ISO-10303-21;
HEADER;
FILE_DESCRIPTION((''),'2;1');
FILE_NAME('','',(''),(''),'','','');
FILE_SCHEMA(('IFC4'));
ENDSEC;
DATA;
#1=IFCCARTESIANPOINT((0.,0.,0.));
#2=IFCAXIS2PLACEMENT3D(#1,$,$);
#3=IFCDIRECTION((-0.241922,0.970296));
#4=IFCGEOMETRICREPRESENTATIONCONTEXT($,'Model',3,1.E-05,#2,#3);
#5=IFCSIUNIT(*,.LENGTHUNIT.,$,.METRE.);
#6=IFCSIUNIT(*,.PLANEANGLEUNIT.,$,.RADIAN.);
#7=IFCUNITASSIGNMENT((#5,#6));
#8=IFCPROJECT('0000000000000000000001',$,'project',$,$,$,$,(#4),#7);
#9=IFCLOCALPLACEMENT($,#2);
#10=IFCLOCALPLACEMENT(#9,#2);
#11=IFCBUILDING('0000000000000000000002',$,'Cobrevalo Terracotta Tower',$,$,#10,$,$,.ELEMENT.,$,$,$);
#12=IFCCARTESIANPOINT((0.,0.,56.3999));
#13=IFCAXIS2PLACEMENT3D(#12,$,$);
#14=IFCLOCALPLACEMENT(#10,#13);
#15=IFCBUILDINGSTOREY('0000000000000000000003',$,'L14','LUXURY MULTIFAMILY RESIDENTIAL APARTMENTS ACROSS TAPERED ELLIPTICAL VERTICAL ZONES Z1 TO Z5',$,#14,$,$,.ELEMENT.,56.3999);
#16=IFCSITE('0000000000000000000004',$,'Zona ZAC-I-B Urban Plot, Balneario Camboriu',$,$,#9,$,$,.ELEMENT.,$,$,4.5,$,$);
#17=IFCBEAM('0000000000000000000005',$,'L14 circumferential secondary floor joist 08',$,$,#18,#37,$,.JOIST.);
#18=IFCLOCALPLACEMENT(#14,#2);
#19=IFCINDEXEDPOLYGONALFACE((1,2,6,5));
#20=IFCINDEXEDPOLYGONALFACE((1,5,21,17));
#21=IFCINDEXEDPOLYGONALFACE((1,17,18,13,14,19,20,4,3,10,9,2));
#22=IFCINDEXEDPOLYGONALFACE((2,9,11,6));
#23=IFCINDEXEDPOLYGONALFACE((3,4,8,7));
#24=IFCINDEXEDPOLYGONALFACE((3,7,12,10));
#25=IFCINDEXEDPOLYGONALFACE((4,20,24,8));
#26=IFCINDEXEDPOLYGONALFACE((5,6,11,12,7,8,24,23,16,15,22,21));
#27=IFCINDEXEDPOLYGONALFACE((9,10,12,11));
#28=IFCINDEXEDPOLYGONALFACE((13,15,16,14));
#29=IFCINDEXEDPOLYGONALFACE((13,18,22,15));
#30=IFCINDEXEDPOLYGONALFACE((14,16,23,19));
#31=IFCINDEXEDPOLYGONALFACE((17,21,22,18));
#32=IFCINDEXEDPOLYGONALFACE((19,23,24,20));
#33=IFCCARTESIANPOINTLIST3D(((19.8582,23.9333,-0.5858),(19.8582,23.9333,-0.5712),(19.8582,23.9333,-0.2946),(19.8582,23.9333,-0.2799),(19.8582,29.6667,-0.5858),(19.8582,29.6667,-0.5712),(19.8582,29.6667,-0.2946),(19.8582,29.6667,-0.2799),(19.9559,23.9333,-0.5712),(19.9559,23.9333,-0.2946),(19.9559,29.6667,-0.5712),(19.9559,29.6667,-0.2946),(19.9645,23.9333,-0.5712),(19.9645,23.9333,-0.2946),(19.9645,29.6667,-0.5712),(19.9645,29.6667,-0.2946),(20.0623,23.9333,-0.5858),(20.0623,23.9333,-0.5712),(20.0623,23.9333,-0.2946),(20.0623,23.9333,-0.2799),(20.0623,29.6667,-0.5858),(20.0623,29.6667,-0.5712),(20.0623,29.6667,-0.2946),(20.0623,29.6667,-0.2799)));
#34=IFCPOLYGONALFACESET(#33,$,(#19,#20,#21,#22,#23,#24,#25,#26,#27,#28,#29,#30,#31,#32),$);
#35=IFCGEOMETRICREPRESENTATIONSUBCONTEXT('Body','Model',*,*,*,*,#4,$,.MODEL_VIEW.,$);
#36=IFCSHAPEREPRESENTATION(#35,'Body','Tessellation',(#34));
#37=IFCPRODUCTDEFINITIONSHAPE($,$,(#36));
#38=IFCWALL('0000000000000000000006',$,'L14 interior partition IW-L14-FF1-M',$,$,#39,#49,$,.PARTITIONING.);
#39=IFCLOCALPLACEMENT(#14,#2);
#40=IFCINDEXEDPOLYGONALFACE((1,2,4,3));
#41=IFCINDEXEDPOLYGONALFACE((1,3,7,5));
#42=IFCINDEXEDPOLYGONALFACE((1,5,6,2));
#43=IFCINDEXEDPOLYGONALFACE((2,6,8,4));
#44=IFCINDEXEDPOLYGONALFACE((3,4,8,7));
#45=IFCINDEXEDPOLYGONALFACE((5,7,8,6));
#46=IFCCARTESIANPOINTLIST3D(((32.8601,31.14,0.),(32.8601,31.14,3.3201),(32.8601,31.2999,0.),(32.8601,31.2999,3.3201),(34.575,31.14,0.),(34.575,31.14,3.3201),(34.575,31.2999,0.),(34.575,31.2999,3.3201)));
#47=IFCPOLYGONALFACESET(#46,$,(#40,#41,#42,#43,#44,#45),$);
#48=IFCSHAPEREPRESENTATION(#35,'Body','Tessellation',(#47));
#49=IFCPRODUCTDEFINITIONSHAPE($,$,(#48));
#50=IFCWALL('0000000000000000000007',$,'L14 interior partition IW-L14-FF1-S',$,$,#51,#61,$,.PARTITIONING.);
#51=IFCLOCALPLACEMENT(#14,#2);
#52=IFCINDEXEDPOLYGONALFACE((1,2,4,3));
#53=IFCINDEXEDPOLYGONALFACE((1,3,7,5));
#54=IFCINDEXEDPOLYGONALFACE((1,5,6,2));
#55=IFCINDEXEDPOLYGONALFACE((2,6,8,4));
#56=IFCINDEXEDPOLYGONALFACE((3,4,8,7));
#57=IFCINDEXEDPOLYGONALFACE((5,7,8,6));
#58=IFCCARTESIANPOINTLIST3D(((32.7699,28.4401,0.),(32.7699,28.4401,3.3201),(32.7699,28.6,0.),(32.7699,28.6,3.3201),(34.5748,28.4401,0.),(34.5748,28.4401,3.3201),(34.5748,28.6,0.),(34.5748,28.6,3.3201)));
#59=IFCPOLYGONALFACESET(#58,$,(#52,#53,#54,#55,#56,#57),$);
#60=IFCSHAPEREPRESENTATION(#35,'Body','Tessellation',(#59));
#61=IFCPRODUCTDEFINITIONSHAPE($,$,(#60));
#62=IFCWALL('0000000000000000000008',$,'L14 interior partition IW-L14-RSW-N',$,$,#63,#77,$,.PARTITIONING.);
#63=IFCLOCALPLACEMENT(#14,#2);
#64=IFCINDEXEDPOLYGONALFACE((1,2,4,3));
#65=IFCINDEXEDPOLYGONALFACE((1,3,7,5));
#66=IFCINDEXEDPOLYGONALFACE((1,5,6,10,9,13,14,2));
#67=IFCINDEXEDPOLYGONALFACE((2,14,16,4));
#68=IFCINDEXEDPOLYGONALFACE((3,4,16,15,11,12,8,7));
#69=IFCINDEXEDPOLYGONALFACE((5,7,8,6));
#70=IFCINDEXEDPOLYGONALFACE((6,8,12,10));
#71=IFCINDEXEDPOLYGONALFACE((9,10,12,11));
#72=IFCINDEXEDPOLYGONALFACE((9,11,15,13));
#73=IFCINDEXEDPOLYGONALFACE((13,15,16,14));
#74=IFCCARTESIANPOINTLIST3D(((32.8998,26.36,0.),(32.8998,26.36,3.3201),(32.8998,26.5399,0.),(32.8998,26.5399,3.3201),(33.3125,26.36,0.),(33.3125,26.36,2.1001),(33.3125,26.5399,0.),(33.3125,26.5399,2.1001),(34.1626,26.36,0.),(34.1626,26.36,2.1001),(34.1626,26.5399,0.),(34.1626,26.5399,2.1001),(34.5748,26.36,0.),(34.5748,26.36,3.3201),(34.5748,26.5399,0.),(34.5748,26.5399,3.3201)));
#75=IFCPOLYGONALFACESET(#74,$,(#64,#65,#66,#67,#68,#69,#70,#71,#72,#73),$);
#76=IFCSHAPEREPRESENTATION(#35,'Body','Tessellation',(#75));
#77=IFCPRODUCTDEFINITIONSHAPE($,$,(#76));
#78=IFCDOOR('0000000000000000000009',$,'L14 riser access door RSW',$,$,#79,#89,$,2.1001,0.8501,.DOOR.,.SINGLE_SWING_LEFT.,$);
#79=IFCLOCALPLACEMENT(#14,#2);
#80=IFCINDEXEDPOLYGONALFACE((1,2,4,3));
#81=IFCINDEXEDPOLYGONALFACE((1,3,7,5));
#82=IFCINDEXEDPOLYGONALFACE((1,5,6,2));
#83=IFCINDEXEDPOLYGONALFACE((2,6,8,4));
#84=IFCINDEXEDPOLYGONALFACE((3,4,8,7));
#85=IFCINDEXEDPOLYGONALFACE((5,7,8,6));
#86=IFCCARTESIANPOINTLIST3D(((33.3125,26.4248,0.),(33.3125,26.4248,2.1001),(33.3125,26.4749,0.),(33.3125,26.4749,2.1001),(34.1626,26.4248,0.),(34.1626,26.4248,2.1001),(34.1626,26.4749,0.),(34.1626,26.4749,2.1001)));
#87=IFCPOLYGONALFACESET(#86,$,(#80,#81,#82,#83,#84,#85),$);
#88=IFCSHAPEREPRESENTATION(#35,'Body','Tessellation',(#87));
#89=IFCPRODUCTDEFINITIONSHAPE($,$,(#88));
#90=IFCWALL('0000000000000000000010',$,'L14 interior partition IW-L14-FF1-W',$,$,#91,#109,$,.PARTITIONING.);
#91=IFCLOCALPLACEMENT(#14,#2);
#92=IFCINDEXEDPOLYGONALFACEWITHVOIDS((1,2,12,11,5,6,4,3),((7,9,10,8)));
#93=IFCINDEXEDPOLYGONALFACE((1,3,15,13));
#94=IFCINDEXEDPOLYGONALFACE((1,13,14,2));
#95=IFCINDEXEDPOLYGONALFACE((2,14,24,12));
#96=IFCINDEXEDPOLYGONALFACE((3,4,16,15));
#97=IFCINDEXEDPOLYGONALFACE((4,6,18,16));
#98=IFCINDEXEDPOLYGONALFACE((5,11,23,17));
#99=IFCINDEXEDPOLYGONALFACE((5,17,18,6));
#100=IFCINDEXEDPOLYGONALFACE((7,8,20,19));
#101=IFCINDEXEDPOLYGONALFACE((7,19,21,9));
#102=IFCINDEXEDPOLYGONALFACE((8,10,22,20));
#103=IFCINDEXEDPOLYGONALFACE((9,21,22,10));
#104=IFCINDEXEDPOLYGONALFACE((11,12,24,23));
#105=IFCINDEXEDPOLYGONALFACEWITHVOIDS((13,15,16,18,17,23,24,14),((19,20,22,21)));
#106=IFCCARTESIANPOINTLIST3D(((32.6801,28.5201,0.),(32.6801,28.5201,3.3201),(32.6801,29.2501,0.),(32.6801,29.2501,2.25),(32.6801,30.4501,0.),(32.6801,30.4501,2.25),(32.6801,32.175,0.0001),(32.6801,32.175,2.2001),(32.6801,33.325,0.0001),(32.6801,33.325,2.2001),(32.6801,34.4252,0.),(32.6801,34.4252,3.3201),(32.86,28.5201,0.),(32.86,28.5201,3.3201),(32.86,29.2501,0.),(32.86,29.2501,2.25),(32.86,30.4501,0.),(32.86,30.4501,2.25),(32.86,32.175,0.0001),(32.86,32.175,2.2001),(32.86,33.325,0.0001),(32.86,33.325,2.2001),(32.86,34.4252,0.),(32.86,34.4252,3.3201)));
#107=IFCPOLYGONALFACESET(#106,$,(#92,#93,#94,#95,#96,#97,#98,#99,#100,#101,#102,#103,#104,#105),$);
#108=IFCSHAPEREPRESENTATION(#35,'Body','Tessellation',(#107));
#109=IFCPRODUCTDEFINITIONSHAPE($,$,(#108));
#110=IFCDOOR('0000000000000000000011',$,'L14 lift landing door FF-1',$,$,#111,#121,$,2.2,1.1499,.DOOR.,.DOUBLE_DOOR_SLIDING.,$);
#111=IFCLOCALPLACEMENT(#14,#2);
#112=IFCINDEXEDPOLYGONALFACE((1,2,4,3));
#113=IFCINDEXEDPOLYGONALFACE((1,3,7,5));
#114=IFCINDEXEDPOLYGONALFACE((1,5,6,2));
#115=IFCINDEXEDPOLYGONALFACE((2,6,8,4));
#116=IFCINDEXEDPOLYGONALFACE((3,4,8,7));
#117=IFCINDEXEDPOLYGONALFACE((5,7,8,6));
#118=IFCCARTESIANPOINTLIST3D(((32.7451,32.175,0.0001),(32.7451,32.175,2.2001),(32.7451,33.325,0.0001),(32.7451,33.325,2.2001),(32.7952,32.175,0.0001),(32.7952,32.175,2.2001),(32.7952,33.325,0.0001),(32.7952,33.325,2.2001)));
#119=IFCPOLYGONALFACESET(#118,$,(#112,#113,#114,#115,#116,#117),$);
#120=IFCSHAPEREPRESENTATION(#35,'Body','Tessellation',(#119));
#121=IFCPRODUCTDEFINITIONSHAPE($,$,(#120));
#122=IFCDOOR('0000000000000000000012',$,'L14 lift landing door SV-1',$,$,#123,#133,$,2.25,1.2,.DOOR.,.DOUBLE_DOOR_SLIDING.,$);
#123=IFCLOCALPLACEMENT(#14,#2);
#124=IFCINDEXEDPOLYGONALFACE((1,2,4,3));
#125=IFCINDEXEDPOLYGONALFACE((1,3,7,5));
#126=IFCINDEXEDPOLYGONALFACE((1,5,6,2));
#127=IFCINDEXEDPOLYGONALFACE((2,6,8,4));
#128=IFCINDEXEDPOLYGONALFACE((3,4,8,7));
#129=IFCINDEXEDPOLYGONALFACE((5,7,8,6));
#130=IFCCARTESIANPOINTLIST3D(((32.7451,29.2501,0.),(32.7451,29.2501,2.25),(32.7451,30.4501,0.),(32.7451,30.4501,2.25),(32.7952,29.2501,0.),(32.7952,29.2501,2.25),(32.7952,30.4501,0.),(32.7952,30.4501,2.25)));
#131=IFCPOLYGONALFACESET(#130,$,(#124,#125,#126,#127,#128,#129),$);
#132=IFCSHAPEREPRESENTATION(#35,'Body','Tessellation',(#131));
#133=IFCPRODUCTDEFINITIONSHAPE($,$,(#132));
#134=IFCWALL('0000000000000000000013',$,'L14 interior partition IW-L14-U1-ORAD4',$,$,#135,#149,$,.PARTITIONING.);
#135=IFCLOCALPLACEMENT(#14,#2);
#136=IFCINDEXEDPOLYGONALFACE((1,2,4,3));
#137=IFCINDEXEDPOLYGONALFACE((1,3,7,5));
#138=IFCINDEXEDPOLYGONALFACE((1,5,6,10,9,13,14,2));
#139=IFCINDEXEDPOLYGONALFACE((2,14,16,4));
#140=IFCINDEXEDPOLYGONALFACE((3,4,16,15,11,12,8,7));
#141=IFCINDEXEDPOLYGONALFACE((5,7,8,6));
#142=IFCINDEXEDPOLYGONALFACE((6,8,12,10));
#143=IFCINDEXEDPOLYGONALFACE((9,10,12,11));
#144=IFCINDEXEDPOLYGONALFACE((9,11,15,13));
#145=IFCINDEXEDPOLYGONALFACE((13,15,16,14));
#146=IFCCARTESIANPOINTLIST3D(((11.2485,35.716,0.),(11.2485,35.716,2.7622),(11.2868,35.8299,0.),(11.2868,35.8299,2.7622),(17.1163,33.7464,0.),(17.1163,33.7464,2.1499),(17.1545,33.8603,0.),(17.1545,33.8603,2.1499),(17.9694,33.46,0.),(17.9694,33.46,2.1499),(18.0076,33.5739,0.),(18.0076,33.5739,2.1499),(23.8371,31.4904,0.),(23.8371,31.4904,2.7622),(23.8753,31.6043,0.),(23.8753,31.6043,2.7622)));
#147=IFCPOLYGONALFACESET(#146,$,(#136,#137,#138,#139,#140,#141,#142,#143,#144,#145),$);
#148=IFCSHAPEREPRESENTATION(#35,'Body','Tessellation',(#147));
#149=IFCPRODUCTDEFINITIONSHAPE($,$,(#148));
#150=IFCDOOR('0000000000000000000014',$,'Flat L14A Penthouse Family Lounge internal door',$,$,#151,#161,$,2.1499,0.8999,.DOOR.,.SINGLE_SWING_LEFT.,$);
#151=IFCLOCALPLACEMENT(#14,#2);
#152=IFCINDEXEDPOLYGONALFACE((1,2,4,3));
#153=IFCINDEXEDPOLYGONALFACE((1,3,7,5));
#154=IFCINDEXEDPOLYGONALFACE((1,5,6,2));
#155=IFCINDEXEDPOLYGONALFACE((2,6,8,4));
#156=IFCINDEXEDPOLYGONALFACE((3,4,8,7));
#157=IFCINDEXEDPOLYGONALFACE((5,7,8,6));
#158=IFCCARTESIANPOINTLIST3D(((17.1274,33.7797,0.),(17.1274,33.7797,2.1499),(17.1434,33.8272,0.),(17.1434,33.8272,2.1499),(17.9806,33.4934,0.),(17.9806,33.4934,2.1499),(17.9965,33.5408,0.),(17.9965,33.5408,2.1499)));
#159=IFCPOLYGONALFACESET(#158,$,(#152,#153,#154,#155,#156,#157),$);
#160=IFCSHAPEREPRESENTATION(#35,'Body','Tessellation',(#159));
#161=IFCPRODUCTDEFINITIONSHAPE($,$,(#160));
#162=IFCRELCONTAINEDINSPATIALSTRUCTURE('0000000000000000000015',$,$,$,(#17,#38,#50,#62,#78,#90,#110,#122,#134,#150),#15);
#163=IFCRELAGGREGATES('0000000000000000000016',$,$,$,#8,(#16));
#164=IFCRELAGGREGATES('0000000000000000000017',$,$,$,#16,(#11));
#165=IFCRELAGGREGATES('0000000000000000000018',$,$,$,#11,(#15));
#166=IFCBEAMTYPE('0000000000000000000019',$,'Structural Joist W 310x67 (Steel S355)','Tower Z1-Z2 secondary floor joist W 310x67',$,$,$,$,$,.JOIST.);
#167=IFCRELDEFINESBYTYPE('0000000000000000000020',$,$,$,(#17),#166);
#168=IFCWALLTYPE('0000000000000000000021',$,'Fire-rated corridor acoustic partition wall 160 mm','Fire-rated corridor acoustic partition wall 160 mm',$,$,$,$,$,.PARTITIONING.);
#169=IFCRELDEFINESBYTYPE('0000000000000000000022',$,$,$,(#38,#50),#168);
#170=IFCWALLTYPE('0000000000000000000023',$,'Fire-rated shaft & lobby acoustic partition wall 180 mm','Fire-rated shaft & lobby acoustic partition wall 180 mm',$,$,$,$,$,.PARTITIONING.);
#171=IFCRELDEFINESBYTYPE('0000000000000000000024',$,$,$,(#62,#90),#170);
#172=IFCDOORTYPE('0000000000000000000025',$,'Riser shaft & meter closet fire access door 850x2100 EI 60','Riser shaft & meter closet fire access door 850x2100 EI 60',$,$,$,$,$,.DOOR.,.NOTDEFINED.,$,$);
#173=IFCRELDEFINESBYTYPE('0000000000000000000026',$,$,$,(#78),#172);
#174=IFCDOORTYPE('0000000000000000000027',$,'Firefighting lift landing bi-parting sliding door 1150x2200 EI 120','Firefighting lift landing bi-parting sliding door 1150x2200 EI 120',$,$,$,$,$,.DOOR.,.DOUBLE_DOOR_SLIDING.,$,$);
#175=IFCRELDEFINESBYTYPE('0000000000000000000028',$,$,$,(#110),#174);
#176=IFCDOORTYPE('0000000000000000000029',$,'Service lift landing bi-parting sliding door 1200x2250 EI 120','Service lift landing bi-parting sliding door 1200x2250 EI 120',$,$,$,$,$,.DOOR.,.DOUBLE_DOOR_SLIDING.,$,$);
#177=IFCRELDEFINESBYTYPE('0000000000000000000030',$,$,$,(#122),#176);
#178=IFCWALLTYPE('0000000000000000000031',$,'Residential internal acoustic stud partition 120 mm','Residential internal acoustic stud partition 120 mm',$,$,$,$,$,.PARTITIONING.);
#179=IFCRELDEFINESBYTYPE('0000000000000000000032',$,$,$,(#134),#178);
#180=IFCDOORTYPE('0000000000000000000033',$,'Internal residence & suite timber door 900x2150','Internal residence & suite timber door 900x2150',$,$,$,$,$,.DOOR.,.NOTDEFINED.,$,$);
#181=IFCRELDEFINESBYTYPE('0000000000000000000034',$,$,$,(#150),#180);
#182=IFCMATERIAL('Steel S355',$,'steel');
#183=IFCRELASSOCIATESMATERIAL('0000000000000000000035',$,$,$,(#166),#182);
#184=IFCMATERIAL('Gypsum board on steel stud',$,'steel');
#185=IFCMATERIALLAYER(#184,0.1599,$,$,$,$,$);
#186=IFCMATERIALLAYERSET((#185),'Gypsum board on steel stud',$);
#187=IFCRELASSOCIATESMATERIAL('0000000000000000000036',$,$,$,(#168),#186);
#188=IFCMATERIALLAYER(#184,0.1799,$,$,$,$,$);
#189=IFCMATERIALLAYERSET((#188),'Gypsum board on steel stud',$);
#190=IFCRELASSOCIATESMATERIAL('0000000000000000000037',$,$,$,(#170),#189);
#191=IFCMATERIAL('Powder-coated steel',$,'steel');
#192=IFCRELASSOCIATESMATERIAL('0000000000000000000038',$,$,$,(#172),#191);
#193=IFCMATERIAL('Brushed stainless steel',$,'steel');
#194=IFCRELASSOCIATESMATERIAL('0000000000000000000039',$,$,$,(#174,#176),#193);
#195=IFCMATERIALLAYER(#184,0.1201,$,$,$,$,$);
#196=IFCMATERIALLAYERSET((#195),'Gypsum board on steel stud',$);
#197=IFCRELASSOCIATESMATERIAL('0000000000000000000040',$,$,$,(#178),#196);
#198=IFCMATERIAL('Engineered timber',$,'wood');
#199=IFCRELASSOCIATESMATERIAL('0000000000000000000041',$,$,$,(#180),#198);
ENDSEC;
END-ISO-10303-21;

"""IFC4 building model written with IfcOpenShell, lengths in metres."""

from ifc_helpers import new_model, si_unit, direction, frame, frame_2d, origin, origin_2d, place, context, subcontext, project, spatial, rectangle, i_section, extrude, source, transform, mapped, material, layer, layer_set, material_profile, profile_set, type_object, element, fill, save


model = new_model("IFC4")

# Units and contexts
model_context = context("Model", 3, precision=1e-05, world=origin(), true_north=direction((-0.241922, 0.970296)))
body_context = subcontext(model_context, "Body", "Model", "MODEL_VIEW")
ifc_project = project(units=[si_unit("LENGTHUNIT", "METRE"), si_unit("PLANEANGLEUNIT", "RADIAN")], contexts=[model_context])

# Site, building, storey
site_placement = place(None, origin())
site = spatial("IfcSite", under=ifc_project, at=site_placement, Name="Zona ZAC-I-B Urban Plot, Balneario Camboriu", CompositionType="ELEMENT", RefElevation=4.5)
building_placement = place(site_placement, origin())
building = spatial("IfcBuilding", under=site, at=building_placement, Name="Cobrevalo Terracotta Tower", CompositionType="ELEMENT")
storey_placement = place(building_placement, frame((0.0, 0.0, 56.3999)))
storey = spatial("IfcBuildingStorey", under=building, at=storey_placement, Name="L14", Description="LUXURY MULTIFAMILY RESIDENTIAL APARTMENTS ACROSS TAPERED ELLIPTICAL VERTICAL ZONES Z1 TO Z5", CompositionType="ELEMENT", Elevation=56.3999)

# Beam
ifc_material_1 = material(Name="Steel S355", Category="steel")
ifc_material_profile = material_profile(ifc_material_1, i_section(OverallWidth=0.2041, OverallDepth=0.3059, WebThickness=0.0085, FlangeThickness=0.0146, at=origin_2d()), Name="W 310x67")
ifc_profile_set = profile_set([ifc_material_profile], Name="Steel S355")
beam_type = type_object("IfcBeamType", Name="Structural Joist W 310x67 (Steel S355)", Description="Tower Z1-Z2 secondary floor joist W 310x67", PredefinedType="JOIST", material=ifc_profile_set)
beam_placement = place(storey_placement, frame((19.9602, 29.6667, -0.4329), z_axis=(0.0, -1.0, 0.0), x_axis=(1.0, 0.0, 0.0)))
element("IfcBeam", 1, at=beam_placement, inside=storey, type_object=beam_type, Name="L14 circumferential secondary floor joist 08", PredefinedType="JOIST", context=body_context, shape_type="SweptSolid", body=[
    extrude(i_section(OverallWidth=0.2041, OverallDepth=0.3059, WebThickness=0.0085, FlangeThickness=0.0146, at=origin_2d()), origin(), (0.0, 0.0, 1.0), 5.7334),
])

# Walls
ifc_material_2 = material(Name="Gypsum board on steel stud", Category="steel")
ifc_layer_1 = layer(ifc_material_2, 0.1599)
ifc_layer_set_1 = layer_set([ifc_layer_1], Name="Gypsum board on steel stud")
wall_type_1 = type_object("IfcWallType", Name="Fire-rated corridor acoustic partition wall 160 mm", Description="Fire-rated corridor acoustic partition wall 160 mm", PredefinedType="PARTITIONING", material=ifc_layer_set_1)
wall_1_placement = place(storey_placement, frame((32.8601, 31.22, 0.0), z_axis=(0.0, 0.0, 1.0), x_axis=(1.0, 0.0, 0.0)))
element("IfcWall", 2, at=wall_1_placement, inside=storey, type_object=wall_type_1, Name="L14 interior partition IW-L14-FF1-M", PredefinedType="PARTITIONING", context=body_context, shape_type="SweptSolid", body=[
    extrude(rectangle(XDim=1.7148, YDim=0.1599, at=frame_2d((0.8574, 0.0))), origin(), (0.0, 0.0, 1.0), 3.3201),
])
wall_2_placement = place(storey_placement, frame((32.77, 28.52, 0.0), z_axis=(0.0, 0.0, 1.0), x_axis=(1.0, 0.0, 0.0)))
element("IfcWall", 3, at=wall_2_placement, inside=storey, type_object=wall_type_1, Name="L14 interior partition IW-L14-FF1-S", PredefinedType="PARTITIONING", context=body_context, shape_type="SweptSolid", body=[
    extrude(rectangle(XDim=1.8049, YDim=0.1599, at=frame_2d((0.9023, 0.0))), origin(), (0.0, 0.0, 1.0), 3.3201),
])

# Wall, opening, door
ifc_layer_2 = layer(ifc_material_2, 0.1799)
ifc_layer_set_2 = layer_set([ifc_layer_2], Name="Gypsum board on steel stud")
wall_type_2 = type_object("IfcWallType", Name="Fire-rated shaft & lobby acoustic partition wall 180 mm", Description="Fire-rated shaft & lobby acoustic partition wall 180 mm", PredefinedType="PARTITIONING", material=ifc_layer_set_2)
wall_3_placement = place(storey_placement, frame((32.8999, 26.45, 0.0), z_axis=(0.0, 0.0, 1.0), x_axis=(1.0, 0.0, 0.0)))
wall_3 = element("IfcWall", 4, at=wall_3_placement, inside=storey, type_object=wall_type_2, Name="L14 interior partition IW-L14-RSW-N", PredefinedType="PARTITIONING", context=body_context, shape_type="SweptSolid", body=[
    extrude(rectangle(XDim=1.675, YDim=0.1799, at=frame_2d((0.8374, 0.0))), origin(), (0.0, 0.0, 1.0), 3.3201),
])
opening_1_placement = place(wall_3_placement, frame((0.4126, 0.0, 0.0)))
opening_1 = element("IfcOpeningElement", 5, at=opening_1_placement, cuts=wall_3, PredefinedType="OPENING", context=body_context, shape_type="SweptSolid", body=[
    extrude(rectangle(XDim=0.8501, YDim=2.1001, at=frame_2d((0.425, 1.05))), frame((0.0, 0.1001, 0.0), z_axis=(0.0, -1.0, 0.0), x_axis=(1.0, 0.0, 0.0)), (0.0, 0.0, 1.0), 0.2),
])
ifc_material_3 = material(Name="Powder-coated steel", Category="steel")
door_type_1 = type_object("IfcDoorType", Name="Riser shaft & meter closet fire access door 850x2100 EI 60", Description="Riser shaft & meter closet fire access door 850x2100 EI 60", OperationType="NOTDEFINED", PredefinedType="DOOR", material=ifc_material_3)
shared_shape_1 = source(origin(), body_context, "Body", "SweptSolid", [
    extrude(rectangle(XDim=0.8501, YDim=2.1001, at=frame_2d((0.425, 1.05))), frame((0.0, 0.0249, 0.0), z_axis=(0.0, -1.0, 0.0), x_axis=(1.0, 0.0, 0.0)), (0.0, 0.0, 1.0), 0.05),
])
door_1_placement = place(opening_1_placement, origin())
door_1 = element("IfcDoor", 6, at=door_1_placement, inside=storey, type_object=door_type_1, Name="L14 riser access door RSW", OperationType="SINGLE_SWING_LEFT", OverallHeight=2.1001, OverallWidth=0.8501, PredefinedType="DOOR", context=body_context, shape_type="MappedRepresentation", body=[
    mapped(shared_shape_1, transform((0.0, 0.0, 0.0), scale=1.0)),
])
fill(opening_1, door_1)

# Wall, openings, doors
wall_4_placement = place(storey_placement, frame((32.77, 28.52, 0.0), z_axis=(0.0, 0.0, 1.0), x_axis=(0.0, 1.0, 0.0)))
wall_4 = element("IfcWall", 7, at=wall_4_placement, inside=storey, type_object=wall_type_2, Name="L14 interior partition IW-L14-FF1-W", PredefinedType="PARTITIONING", context=body_context, shape_type="SweptSolid", body=[
    extrude(rectangle(XDim=5.905, YDim=0.1799, at=frame_2d((2.9526, 0.0))), origin(), (0.0, 0.0, 1.0), 3.3201),
])
opening_2_placement = place(wall_4_placement, frame((3.655, 0.0, 0.0)))
opening_2 = element("IfcOpeningElement", 8, at=opening_2_placement, cuts=wall_4, PredefinedType="OPENING", context=body_context, shape_type="SweptSolid", body=[
    extrude(rectangle(XDim=1.1499, YDim=2.2, at=frame_2d((0.575, 1.1001))), frame((0.0, 0.1001, 0.0), z_axis=(0.0, -1.0, 0.0), x_axis=(1.0, 0.0, 0.0)), (0.0, 0.0, 1.0), 0.2),
])
opening_3_placement = place(wall_4_placement, frame((0.73, 0.0, 0.0)))
opening_3 = element("IfcOpeningElement", 9, at=opening_3_placement, cuts=wall_4, PredefinedType="OPENING", context=body_context, shape_type="SweptSolid", body=[
    extrude(rectangle(XDim=1.2, YDim=2.25, at=frame_2d((0.6001, 1.125))), frame((0.0, 0.1001, 0.0), z_axis=(0.0, -1.0, 0.0), x_axis=(1.0, 0.0, 0.0)), (0.0, 0.0, 1.0), 0.2),
])
ifc_material_4 = material(Name="Brushed stainless steel", Category="steel")
door_type_2 = type_object("IfcDoorType", Name="Firefighting lift landing bi-parting sliding door 1150x2200 EI 120", Description="Firefighting lift landing bi-parting sliding door 1150x2200 EI 120", OperationType="DOUBLE_DOOR_SLIDING", PredefinedType="DOOR", material=ifc_material_4)
shared_shape_2 = source(origin(), body_context, "Body", "SweptSolid", [
    extrude(rectangle(XDim=1.1499, YDim=2.2, at=frame_2d((0.575, 1.1001))), frame((0.0, 0.0249, 0.0), z_axis=(0.0, -1.0, 0.0), x_axis=(1.0, 0.0, 0.0)), (0.0, 0.0, 1.0), 0.05),
])
door_2_placement = place(opening_2_placement, origin())
door_2 = element("IfcDoor", 10, at=door_2_placement, inside=storey, type_object=door_type_2, Name="L14 lift landing door FF-1", OperationType="DOUBLE_DOOR_SLIDING", OverallHeight=2.2, OverallWidth=1.1499, PredefinedType="DOOR", context=body_context, shape_type="MappedRepresentation", body=[
    mapped(shared_shape_2, transform((0.0, 0.0, 0.0), scale=1.0)),
])
fill(opening_2, door_2)
door_type_3 = type_object("IfcDoorType", Name="Service lift landing bi-parting sliding door 1200x2250 EI 120", Description="Service lift landing bi-parting sliding door 1200x2250 EI 120", OperationType="DOUBLE_DOOR_SLIDING", PredefinedType="DOOR", material=ifc_material_4)
shared_shape_3 = source(origin(), body_context, "Body", "SweptSolid", [
    extrude(rectangle(XDim=1.2, YDim=2.25, at=frame_2d((0.6001, 1.125))), frame((0.0, 0.0249, 0.0), z_axis=(0.0, -1.0, 0.0), x_axis=(1.0, 0.0, 0.0)), (0.0, 0.0, 1.0), 0.05),
])
door_3_placement = place(opening_3_placement, origin())
door_3 = element("IfcDoor", 11, at=door_3_placement, inside=storey, type_object=door_type_3, Name="L14 lift landing door SV-1", OperationType="DOUBLE_DOOR_SLIDING", OverallHeight=2.25, OverallWidth=1.2, PredefinedType="DOOR", context=body_context, shape_type="MappedRepresentation", body=[
    mapped(shared_shape_3, transform((0.0, 0.0, 0.0), scale=1.0)),
])
fill(opening_3, door_3)

# Wall, opening, door
ifc_layer_3 = layer(ifc_material_2, 0.1201)
ifc_layer_set_3 = layer_set([ifc_layer_3], Name="Gypsum board on steel stud")
wall_type_3 = type_object("IfcWallType", Name="Residential internal acoustic stud partition 120 mm", Description="Residential internal acoustic stud partition 120 mm", PredefinedType="PARTITIONING", material=ifc_layer_set_3)
wall_5_placement = place(storey_placement, frame((23.8562, 31.5474, 0.0), z_axis=(0.0, 0.0, 1.0), x_axis=(-0.948017, 0.318218, 0.0)))
wall_5 = element("IfcWall", 12, at=wall_5_placement, inside=storey, type_object=wall_type_3, Name="L14 interior partition IW-L14-U1-ORAD4", PredefinedType="PARTITIONING", context=body_context, shape_type="SweptSolid", body=[
    extrude(rectangle(XDim=13.2788, YDim=0.1201, at=frame_2d((6.6394, 0.0))), origin(), (0.0, 0.0, 1.0), 2.7622),
])
opening_4_placement = place(wall_5_placement, frame((6.1895, 0.0, 0.0)))
opening_4 = element("IfcOpeningElement", 13, at=opening_4_placement, cuts=wall_5, PredefinedType="OPENING", context=body_context, shape_type="SweptSolid", body=[
    extrude(rectangle(XDim=0.8999, YDim=2.1499, at=frame_2d((0.45, 1.075))), frame((0.0, 0.0701, 0.0), z_axis=(0.0, -1.0, 0.0), x_axis=(1.0, 0.0, 0.0)), (0.0, 0.0, 1.0), 0.1401),
])
ifc_material_5 = material(Name="Engineered timber", Category="wood")
door_type_4 = type_object("IfcDoorType", Name="Internal residence & suite timber door 900x2150", Description="Internal residence & suite timber door 900x2150", OperationType="NOTDEFINED", PredefinedType="DOOR", material=ifc_material_5)
shared_shape_4 = source(origin(), body_context, "Body", "SweptSolid", [
    extrude(rectangle(XDim=0.8999, YDim=2.1499, at=frame_2d((0.45, 1.075))), frame((0.0, 0.0249, 0.0), z_axis=(0.0, -1.0, 0.0), x_axis=(1.0, 0.0, 0.0)), (0.0, 0.0, 1.0), 0.05),
])
door_4_placement = place(opening_4_placement, origin())
door_4 = element("IfcDoor", 14, at=door_4_placement, inside=storey, type_object=door_type_4, Name="Flat L14A Penthouse Family Lounge internal door", OperationType="SINGLE_SWING_LEFT", OverallHeight=2.1499, OverallWidth=0.8999, PredefinedType="DOOR", context=body_context, shape_type="MappedRepresentation", body=[
    mapped(shared_shape_4, transform((0.0, 0.0, 0.0), scale=1.0)),
])
fill(opening_4, door_4)

save(model, "model.ifc")
